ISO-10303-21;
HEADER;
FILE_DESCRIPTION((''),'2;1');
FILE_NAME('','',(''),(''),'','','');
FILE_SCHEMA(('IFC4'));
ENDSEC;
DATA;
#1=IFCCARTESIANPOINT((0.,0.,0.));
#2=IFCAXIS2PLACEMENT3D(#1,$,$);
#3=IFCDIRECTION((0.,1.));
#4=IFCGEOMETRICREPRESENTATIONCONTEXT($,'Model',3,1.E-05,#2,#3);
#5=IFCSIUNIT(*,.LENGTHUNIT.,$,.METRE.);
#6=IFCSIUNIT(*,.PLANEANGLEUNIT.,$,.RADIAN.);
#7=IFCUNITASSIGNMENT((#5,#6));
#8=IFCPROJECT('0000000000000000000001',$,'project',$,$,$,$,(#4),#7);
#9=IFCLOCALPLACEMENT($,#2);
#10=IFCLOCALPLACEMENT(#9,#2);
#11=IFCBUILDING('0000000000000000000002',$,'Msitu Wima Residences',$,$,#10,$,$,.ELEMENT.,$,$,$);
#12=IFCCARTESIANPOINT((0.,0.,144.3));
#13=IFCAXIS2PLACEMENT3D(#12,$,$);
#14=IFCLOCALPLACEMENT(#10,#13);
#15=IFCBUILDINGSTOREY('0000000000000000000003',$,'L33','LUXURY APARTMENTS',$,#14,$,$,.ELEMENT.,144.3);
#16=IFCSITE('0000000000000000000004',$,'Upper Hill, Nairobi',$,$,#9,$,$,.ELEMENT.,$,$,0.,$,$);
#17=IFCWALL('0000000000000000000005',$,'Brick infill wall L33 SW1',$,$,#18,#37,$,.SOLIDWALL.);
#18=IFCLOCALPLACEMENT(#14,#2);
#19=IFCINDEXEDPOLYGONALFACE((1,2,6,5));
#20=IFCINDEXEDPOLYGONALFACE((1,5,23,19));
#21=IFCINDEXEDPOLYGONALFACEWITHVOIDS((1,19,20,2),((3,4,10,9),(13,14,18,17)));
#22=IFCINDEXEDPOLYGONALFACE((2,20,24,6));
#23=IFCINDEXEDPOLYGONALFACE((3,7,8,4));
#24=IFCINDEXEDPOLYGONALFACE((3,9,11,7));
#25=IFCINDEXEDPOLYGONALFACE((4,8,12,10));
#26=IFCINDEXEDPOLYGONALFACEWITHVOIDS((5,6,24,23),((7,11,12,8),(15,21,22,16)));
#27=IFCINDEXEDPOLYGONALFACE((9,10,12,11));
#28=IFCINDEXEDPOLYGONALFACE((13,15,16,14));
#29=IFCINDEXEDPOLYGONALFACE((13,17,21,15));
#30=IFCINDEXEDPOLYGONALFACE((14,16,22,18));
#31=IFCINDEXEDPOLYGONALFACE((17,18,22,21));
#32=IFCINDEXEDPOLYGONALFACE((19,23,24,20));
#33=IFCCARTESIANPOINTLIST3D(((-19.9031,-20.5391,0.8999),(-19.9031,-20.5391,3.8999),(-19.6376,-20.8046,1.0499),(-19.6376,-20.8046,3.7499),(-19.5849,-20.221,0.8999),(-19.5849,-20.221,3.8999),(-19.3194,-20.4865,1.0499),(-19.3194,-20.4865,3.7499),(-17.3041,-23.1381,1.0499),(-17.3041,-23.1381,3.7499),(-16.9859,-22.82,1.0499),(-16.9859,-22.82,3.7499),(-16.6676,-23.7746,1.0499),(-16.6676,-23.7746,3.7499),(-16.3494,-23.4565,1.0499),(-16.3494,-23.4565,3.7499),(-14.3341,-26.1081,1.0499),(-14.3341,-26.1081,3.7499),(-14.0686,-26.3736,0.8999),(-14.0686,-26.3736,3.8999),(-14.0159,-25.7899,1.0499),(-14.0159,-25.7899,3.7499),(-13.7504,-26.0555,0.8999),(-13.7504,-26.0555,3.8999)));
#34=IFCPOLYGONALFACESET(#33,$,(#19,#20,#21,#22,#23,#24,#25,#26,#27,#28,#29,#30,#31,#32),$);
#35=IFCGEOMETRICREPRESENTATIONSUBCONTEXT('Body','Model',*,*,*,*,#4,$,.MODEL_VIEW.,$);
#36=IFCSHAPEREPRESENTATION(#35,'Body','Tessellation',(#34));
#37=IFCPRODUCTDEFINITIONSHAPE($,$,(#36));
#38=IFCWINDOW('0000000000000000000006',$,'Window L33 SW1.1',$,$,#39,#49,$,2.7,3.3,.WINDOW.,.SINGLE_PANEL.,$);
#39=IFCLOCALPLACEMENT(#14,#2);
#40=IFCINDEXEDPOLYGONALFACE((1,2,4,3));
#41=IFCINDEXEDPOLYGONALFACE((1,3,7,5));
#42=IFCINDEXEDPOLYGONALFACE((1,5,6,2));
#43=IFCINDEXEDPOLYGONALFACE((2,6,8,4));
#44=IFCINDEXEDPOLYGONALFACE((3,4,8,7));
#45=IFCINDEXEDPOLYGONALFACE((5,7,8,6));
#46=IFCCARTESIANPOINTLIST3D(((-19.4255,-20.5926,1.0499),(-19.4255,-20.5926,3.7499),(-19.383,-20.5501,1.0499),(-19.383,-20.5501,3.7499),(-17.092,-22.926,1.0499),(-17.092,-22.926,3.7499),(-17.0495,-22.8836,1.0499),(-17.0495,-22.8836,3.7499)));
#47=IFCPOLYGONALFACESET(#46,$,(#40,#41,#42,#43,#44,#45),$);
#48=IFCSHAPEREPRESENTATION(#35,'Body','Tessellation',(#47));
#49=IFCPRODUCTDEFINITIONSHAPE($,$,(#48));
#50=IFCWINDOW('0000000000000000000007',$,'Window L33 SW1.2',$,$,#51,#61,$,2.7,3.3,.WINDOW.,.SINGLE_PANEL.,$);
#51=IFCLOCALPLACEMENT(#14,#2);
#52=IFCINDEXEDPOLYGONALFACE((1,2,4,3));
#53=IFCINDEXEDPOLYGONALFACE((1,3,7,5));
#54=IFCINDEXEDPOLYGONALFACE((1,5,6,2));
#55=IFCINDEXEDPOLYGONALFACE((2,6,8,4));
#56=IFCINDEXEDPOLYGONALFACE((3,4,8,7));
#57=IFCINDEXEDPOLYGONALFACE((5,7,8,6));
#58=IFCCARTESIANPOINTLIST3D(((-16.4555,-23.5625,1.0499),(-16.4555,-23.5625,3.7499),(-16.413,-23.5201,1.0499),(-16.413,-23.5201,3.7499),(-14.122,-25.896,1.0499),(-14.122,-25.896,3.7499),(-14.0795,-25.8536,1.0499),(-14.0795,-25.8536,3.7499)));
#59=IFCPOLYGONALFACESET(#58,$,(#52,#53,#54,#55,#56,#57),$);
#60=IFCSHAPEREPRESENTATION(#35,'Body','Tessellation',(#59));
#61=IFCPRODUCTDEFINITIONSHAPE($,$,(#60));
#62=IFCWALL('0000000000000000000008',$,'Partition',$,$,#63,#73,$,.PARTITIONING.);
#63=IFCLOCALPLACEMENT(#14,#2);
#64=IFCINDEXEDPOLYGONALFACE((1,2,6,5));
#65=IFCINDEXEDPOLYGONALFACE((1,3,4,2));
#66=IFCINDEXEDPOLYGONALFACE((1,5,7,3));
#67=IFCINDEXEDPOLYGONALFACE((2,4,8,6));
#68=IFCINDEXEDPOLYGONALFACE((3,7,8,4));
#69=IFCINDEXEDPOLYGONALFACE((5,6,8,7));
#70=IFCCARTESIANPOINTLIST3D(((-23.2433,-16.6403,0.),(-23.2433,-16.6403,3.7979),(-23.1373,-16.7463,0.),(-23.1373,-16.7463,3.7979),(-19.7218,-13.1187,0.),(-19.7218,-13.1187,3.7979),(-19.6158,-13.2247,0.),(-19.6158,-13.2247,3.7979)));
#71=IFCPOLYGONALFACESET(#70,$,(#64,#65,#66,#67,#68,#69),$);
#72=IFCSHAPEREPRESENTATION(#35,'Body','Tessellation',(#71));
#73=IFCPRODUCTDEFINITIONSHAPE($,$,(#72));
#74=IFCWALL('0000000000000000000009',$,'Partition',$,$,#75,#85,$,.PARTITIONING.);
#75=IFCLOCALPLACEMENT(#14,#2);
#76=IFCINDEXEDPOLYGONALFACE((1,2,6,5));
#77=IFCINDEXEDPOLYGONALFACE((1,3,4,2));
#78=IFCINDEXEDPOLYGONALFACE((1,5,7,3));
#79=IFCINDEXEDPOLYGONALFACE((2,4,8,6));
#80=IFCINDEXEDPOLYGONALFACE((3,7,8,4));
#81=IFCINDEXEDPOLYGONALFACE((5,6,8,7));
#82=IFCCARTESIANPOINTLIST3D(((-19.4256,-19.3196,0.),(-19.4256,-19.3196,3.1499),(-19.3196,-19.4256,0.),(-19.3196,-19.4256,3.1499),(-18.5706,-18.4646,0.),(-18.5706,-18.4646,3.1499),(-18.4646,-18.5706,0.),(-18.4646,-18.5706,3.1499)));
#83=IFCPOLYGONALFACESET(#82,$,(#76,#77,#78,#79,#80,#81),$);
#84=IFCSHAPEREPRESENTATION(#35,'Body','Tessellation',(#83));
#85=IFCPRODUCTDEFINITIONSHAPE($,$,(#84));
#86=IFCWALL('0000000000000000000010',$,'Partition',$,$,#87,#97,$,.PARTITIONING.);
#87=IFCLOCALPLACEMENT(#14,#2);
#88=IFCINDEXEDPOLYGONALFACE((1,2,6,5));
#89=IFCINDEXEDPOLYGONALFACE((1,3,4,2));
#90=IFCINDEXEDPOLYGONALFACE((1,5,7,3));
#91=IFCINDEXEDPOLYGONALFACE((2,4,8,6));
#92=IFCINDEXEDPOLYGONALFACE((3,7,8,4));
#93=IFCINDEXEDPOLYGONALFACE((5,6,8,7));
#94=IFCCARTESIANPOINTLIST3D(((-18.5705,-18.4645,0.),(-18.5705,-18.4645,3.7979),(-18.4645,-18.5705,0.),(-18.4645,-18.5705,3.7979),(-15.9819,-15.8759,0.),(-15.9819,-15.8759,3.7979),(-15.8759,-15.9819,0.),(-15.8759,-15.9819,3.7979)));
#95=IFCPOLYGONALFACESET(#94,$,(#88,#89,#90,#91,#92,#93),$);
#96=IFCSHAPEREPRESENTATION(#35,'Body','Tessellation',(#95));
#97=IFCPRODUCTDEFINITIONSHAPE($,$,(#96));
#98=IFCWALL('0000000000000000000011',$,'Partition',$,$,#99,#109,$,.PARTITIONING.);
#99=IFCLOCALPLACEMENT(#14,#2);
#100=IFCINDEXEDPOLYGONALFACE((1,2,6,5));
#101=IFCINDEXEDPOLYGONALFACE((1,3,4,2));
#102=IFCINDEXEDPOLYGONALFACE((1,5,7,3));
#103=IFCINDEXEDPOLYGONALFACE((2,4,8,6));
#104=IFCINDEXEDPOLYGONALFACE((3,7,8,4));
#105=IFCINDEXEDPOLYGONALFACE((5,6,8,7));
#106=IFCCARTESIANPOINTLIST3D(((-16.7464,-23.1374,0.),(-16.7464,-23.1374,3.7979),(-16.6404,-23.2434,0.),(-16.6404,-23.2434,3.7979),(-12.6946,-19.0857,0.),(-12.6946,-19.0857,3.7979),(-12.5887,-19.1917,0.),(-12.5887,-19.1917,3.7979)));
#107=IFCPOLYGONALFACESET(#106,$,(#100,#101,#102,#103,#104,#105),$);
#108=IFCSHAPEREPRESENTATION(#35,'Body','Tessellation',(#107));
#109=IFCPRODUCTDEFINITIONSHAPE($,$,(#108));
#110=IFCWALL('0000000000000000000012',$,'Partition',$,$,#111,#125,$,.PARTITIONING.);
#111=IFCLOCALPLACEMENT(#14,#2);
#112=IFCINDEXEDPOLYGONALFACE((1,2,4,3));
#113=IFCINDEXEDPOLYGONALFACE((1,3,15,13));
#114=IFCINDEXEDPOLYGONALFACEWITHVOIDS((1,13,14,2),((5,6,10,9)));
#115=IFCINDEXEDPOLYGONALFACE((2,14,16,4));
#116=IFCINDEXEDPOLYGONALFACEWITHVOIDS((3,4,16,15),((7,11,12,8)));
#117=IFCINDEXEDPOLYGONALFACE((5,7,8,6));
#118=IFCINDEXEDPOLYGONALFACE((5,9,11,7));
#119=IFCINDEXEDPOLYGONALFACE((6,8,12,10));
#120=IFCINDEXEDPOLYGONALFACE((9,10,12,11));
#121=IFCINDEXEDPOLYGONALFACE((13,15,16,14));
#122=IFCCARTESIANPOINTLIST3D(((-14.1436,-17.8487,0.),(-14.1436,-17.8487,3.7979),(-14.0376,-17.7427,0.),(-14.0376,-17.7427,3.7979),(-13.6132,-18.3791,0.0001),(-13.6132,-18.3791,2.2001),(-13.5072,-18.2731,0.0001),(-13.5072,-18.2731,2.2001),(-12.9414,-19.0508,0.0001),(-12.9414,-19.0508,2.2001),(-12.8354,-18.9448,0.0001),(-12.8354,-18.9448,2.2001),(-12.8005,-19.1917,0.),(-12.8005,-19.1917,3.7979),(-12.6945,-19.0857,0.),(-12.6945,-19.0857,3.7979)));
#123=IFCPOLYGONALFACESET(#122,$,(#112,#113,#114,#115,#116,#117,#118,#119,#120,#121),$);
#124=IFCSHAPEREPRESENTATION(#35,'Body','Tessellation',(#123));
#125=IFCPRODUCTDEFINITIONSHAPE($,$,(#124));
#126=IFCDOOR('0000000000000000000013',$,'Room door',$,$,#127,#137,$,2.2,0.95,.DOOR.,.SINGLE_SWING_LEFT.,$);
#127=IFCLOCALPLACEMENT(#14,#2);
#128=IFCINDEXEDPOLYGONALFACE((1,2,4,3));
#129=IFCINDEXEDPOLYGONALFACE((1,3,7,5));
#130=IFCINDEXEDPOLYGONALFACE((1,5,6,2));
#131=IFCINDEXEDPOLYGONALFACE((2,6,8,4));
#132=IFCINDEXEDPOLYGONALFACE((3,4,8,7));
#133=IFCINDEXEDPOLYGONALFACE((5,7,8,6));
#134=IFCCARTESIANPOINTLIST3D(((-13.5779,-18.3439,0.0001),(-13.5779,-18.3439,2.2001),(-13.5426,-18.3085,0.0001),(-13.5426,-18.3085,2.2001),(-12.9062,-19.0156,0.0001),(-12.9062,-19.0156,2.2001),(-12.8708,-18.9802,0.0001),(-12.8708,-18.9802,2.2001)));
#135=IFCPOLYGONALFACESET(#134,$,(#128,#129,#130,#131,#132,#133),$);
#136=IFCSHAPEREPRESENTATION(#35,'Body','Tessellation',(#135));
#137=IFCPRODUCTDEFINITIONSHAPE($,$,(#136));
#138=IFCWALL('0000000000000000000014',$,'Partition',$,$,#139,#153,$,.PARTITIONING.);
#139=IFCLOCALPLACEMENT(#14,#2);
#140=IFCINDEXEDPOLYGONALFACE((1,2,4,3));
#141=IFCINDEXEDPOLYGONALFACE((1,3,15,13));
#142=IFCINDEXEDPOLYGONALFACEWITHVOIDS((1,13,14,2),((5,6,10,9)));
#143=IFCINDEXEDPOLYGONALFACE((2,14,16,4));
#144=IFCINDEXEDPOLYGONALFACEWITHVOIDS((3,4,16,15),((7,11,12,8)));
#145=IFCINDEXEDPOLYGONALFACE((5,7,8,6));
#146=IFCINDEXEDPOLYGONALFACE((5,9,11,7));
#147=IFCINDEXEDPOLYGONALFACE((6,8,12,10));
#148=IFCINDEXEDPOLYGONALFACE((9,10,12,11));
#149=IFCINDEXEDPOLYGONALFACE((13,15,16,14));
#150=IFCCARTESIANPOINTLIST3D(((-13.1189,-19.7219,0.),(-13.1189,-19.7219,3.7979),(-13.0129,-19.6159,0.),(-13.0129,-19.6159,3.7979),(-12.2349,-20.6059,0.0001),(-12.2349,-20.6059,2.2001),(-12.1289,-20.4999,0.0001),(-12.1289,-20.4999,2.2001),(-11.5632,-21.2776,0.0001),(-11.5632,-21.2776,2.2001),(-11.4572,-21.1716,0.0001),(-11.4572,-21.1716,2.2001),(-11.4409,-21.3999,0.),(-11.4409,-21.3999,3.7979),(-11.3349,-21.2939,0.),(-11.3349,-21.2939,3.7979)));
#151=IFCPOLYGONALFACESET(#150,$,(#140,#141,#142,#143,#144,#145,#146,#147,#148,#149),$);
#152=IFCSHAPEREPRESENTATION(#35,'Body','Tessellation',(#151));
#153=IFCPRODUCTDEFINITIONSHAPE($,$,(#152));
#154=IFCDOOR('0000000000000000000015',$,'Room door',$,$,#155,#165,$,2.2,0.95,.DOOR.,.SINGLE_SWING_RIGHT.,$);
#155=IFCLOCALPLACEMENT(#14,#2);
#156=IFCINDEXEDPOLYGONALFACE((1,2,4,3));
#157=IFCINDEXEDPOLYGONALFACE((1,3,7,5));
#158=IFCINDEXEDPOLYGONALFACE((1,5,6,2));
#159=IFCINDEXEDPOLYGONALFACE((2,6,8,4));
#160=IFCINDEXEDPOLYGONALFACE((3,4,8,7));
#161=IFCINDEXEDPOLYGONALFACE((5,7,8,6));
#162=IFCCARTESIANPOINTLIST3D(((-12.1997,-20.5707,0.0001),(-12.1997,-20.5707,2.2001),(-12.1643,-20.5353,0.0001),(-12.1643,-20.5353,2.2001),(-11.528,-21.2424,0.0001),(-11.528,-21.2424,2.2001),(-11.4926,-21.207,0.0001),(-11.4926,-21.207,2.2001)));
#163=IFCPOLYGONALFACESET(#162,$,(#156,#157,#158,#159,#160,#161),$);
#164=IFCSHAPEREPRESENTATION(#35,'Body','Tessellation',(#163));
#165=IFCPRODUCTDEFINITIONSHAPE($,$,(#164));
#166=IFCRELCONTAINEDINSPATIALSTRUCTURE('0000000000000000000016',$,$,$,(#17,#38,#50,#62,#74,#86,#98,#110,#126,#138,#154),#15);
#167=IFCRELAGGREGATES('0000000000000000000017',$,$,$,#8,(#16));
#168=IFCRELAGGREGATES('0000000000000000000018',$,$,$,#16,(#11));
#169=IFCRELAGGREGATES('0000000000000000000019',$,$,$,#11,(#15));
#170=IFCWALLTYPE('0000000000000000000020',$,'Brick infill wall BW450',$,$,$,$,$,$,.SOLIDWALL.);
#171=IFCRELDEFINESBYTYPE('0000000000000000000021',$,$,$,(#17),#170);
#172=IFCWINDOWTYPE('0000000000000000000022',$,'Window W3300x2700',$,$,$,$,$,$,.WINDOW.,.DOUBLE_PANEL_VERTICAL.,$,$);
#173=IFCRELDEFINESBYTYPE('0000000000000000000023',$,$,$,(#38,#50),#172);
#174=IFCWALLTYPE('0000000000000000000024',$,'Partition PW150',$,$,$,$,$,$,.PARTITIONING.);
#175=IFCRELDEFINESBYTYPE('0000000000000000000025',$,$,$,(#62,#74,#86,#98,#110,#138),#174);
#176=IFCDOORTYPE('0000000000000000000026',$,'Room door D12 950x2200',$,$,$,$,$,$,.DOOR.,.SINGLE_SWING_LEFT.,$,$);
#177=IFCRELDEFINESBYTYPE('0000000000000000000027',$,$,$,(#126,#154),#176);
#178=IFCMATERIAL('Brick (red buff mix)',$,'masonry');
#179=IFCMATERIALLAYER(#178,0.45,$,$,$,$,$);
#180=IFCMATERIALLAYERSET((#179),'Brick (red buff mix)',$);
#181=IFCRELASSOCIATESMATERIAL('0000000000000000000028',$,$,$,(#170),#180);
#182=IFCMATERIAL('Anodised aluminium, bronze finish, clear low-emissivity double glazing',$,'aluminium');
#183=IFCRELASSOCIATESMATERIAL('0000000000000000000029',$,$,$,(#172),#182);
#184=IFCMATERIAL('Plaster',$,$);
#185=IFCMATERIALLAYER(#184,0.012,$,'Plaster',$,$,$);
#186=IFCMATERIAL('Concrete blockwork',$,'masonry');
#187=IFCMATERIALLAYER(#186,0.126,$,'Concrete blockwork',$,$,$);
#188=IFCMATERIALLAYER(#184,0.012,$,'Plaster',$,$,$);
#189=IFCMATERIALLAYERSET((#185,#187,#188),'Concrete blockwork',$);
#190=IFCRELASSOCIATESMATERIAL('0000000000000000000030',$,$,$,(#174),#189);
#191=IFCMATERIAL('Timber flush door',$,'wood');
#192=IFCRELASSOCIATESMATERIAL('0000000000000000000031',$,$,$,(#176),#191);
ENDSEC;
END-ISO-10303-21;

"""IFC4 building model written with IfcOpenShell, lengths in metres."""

from ifc_helpers import new_model, si_unit, direction, frame, frame_2d, origin, place, context, subcontext, project, spatial, rectangle, extrude, material, layer, layer_set, type_object, element, fill, save


model = new_model("IFC4")

# Units and contexts
model_context = context("Model", 3, precision=1e-05, world=origin(), true_north=direction((0.0, 1.0)))
body_context = subcontext(model_context, "Body", "Model", "MODEL_VIEW")
ifc_project = project(units=[si_unit("LENGTHUNIT", "METRE"), si_unit("PLANEANGLEUNIT", "RADIAN")], contexts=[model_context])

# Site, building, storey
site_placement = place(None, origin())
site = spatial("IfcSite", under=ifc_project, at=site_placement, Name="Upper Hill, Nairobi", CompositionType="ELEMENT", RefElevation=0.0)
building_placement = place(site_placement, origin())
building = spatial("IfcBuilding", under=site, at=building_placement, Name="Msitu Wima Residences", CompositionType="ELEMENT")
storey_placement = place(building_placement, frame((0.0, 0.0, 144.3)))
storey = spatial("IfcBuildingStorey", under=building, at=storey_placement, Name="L33", Description="LUXURY APARTMENTS", CompositionType="ELEMENT", Elevation=144.3)

# Wall, openings, windows
ifc_material_1 = material(Name="Brick (red buff mix)", Category="masonry")
ifc_layer_1 = layer(ifc_material_1, 0.45)
ifc_layer_set_1 = layer_set([ifc_layer_1], Name="Brick (red buff mix)")
wall_type_1 = type_object("IfcWallType", Name="Brick infill wall BW450", PredefinedType="SOLIDWALL", material=ifc_layer_set_1)
wall_1_placement = place(storey_placement, frame((-19.7439, -20.3801, 0.8999), z_axis=(0.0, 0.0, 1.0), x_axis=(0.707107, -0.707107, 0.0)))
wall_1 = element("IfcWall", 1, at=wall_1_placement, inside=storey, type_object=wall_type_1, Name="Brick infill wall L33 SW1", PredefinedType="SOLIDWALL", context=body_context, shape_type="SweptSolid", body=[
    extrude(rectangle(XDim=8.2512, YDim=0.45, at=frame_2d((4.1255, 0.0))), origin(), (0.0, 0.0, 1.0), 3.0),
])
opening_1_placement = place(wall_1_placement, frame((0.3755, 0.0, 0.1499)))
opening_1 = element("IfcOpeningElement", 2, at=opening_1_placement, cuts=wall_1, PredefinedType="OPENING", context=body_context, shape_type="SweptSolid", body=[
    extrude(rectangle(XDim=3.3, YDim=2.7, at=frame_2d((1.6499, 1.3501))), frame((0.0, 0.2349, 0.0), z_axis=(0.0, -1.0, 0.0), x_axis=(1.0, 0.0, 0.0)), (0.0, 0.0, 1.0), 0.47),
])
opening_2_placement = place(wall_1_placement, frame((4.5757, 0.0, 0.1499)))
opening_2 = element("IfcOpeningElement", 3, at=opening_2_placement, cuts=wall_1, PredefinedType="OPENING", context=body_context, shape_type="SweptSolid", body=[
    extrude(rectangle(XDim=3.3, YDim=2.7, at=frame_2d((1.6499, 1.3501))), frame((0.0, 0.2349, 0.0), z_axis=(0.0, -1.0, 0.0), x_axis=(1.0, 0.0, 0.0)), (0.0, 0.0, 1.0), 0.47),
])
ifc_material_2 = material(Name="Anodised aluminium, bronze finish, clear low-emissivity double glazing", Category="aluminium")
window_type = type_object("IfcWindowType", Name="Window W3300x2700", PartitioningType="DOUBLE_PANEL_VERTICAL", PredefinedType="WINDOW", material=ifc_material_2)
window_1_placement = place(opening_1_placement, origin())
window_1 = element("IfcWindow", 4, at=window_1_placement, inside=storey, type_object=window_type, Name="Window L33 SW1.1", OverallHeight=2.7, OverallWidth=3.3, PartitioningType="SINGLE_PANEL", PredefinedType="WINDOW", context=body_context, shape_type="SweptSolid", body=[
    extrude(rectangle(XDim=3.3, YDim=2.7, at=frame_2d((1.6499, 1.3501))), frame((0.0, 0.135, 0.0), z_axis=(0.0, -1.0, 0.0), x_axis=(1.0, 0.0, 0.0)), (0.0, 0.0, 1.0), 0.0601),
])
fill(opening_1, window_1)
window_2_placement = place(opening_2_placement, origin())
window_2 = element("IfcWindow", 5, at=window_2_placement, inside=storey, type_object=window_type, Name="Window L33 SW1.2", OverallHeight=2.7, OverallWidth=3.3, PartitioningType="SINGLE_PANEL", PredefinedType="WINDOW", context=body_context, shape_type="SweptSolid", body=[
    extrude(rectangle(XDim=3.3, YDim=2.7, at=frame_2d((1.6499, 1.3501))), frame((0.0, 0.135, 0.0), z_axis=(0.0, -1.0, 0.0), x_axis=(1.0, 0.0, 0.0)), (0.0, 0.0, 1.0), 0.0601),
])
fill(opening_2, window_2)

# Walls
ifc_material_3 = material(Name="Plaster")
ifc_layer_2 = layer(ifc_material_3, 0.012, Name="Plaster")
ifc_material_4 = material(Name="Concrete blockwork", Category="masonry")
ifc_layer_3 = layer(ifc_material_4, 0.126, Name="Concrete blockwork")
ifc_layer_4 = layer(ifc_material_3, 0.012, Name="Plaster")
ifc_layer_set_2 = layer_set([ifc_layer_2, ifc_layer_3, ifc_layer_4], Name="Concrete blockwork")
wall_type_2 = type_object("IfcWallType", Name="Partition PW150", PredefinedType="PARTITIONING", material=ifc_layer_set_2)
wall_2_placement = place(storey_placement, frame((-23.1904, -16.6934, 0.0), z_axis=(0.0, 0.0, 1.0), x_axis=(0.707107, 0.707107, 0.0)))
element("IfcWall", 6, at=wall_2_placement, inside=storey, type_object=wall_type_2, Name="Partition", PredefinedType="PARTITIONING", context=body_context, shape_type="SweptSolid", body=[
    extrude(rectangle(XDim=4.9802, YDim=0.1499, at=frame_2d((2.4902, 0.0))), origin(), (0.0, 0.0, 1.0), 3.7979),
])
wall_3_placement = place(storey_placement, frame((-19.3726, -19.3726, 0.0), z_axis=(0.0, 0.0, 1.0), x_axis=(0.707107, 0.707107, 0.0)))
element("IfcWall", 7, at=wall_3_placement, inside=storey, type_object=wall_type_2, Name="Partition", PredefinedType="PARTITIONING", context=body_context, shape_type="SweptSolid", body=[
    extrude(rectangle(XDim=1.2092, YDim=0.1499, at=frame_2d((0.6045, 0.0))), origin(), (0.0, 0.0, 1.0), 3.1499),
])
wall_4_placement = place(storey_placement, frame((-18.5176, -18.5176, 0.0), z_axis=(0.0, 0.0, 1.0), x_axis=(0.707107, 0.707107, 0.0)))
element("IfcWall", 8, at=wall_4_placement, inside=storey, type_object=wall_type_2, Name="Partition", PredefinedType="PARTITIONING", context=body_context, shape_type="SweptSolid", body=[
    extrude(rectangle(XDim=3.6609, YDim=0.1499, at=frame_2d((1.8306, 0.0))), origin(), (0.0, 0.0, 1.0), 3.7979),
])
wall_5_placement = place(storey_placement, frame((-16.6934, -23.1904, 0.0), z_axis=(0.0, 0.0, 1.0), x_axis=(0.707107, 0.707107, 0.0)))
element("IfcWall", 9, at=wall_5_placement, inside=storey, type_object=wall_type_2, Name="Partition", PredefinedType="PARTITIONING", context=body_context, shape_type="SweptSolid", body=[
    extrude(rectangle(XDim=5.73, YDim=0.1499, at=frame_2d((2.865, 0.0))), origin(), (0.0, 0.0, 1.0), 3.7979),
])

# Walls, openings, doors
wall_6_placement = place(storey_placement, frame((-14.0906, -17.7957, 0.0), z_axis=(0.0, 0.0, 1.0), x_axis=(0.707107, -0.707107, 0.0)))
wall_6 = element("IfcWall", 10, at=wall_6_placement, inside=storey, type_object=wall_type_2, Name="Partition", PredefinedType="PARTITIONING", context=body_context, shape_type="SweptSolid", body=[
    extrude(rectangle(XDim=1.8994, YDim=0.1499, at=frame_2d((0.9497, 0.0))), origin(), (0.0, 0.0, 1.0), 3.7979),
])
opening_3_placement = place(wall_6_placement, frame((0.75, 0.0, 0.0)))
opening_3 = element("IfcOpeningElement", 11, at=opening_3_placement, cuts=wall_6, PredefinedType="OPENING", context=body_context, shape_type="SweptSolid", body=[
    extrude(rectangle(XDim=0.95, YDim=2.2, at=frame_2d((0.4751, 1.1001))), frame((0.0, 0.085, 0.0), z_axis=(0.0, -1.0, 0.0), x_axis=(1.0, 0.0, 0.0)), (0.0, 0.0, 1.0), 0.1699),
])
ifc_material_5 = material(Name="Timber flush door", Category="wood")
door_type_1 = type_object("IfcDoorType", Name="Room door D12 950x2200", OperationType="SINGLE_SWING_LEFT", PredefinedType="DOOR", material=ifc_material_5)
door_1_placement = place(opening_3_placement, origin())
door_1 = element("IfcDoor", 12, at=door_1_placement, inside=storey, type_object=door_type_1, Name="Room door", OperationType="SINGLE_SWING_LEFT", OverallHeight=2.2, OverallWidth=0.95, PredefinedType="DOOR", context=body_context, shape_type="SweptSolid", body=[
    extrude(rectangle(XDim=0.95, YDim=2.2, at=frame_2d((0.4751, 1.1001))), frame((0.0, 0.0249, 0.0), z_axis=(0.0, -1.0, 0.0), x_axis=(1.0, 0.0, 0.0)), (0.0, 0.0, 1.0), 0.05),
])
fill(opening_3, door_1)
wall_7_placement = place(storey_placement, frame((-13.0659, -19.6689, 0.0), z_axis=(0.0, 0.0, 1.0), x_axis=(0.707107, -0.707107, 0.0)))
wall_7 = element("IfcWall", 13, at=wall_7_placement, inside=storey, type_object=wall_type_2, Name="Partition", PredefinedType="PARTITIONING", context=body_context, shape_type="SweptSolid", body=[
    extrude(rectangle(XDim=2.373, YDim=0.1499, at=frame_2d((1.1865, 0.0))), origin(), (0.0, 0.0, 1.0), 3.7979),
])
opening_4_placement = place(wall_7_placement, frame((1.25, 0.0, 0.0)))
opening_4 = element("IfcOpeningElement", 14, at=opening_4_placement, cuts=wall_7, PredefinedType="OPENING", context=body_context, shape_type="SweptSolid", body=[
    extrude(rectangle(XDim=0.95, YDim=2.2, at=frame_2d((0.4751, 1.1001))), frame((0.0, 0.085, 0.0), z_axis=(0.0, -1.0, 0.0), x_axis=(1.0, 0.0, 0.0)), (0.0, 0.0, 1.0), 0.1699),
])
door_2_placement = place(opening_4_placement, origin())
door_2 = element("IfcDoor", 15, at=door_2_placement, inside=storey, type_object=door_type_1, Name="Room door", OperationType="SINGLE_SWING_RIGHT", OverallHeight=2.2, OverallWidth=0.95, PredefinedType="DOOR", context=body_context, shape_type="SweptSolid", body=[
    extrude(rectangle(XDim=0.95, YDim=2.2, at=frame_2d((0.4751, 1.1001))), frame((0.0, 0.0249, 0.0), z_axis=(0.0, -1.0, 0.0), x_axis=(1.0, 0.0, 0.0)), (0.0, 0.0, 1.0), 0.05),
])
fill(opening_4, door_2)

save(model, "model.ifc")
